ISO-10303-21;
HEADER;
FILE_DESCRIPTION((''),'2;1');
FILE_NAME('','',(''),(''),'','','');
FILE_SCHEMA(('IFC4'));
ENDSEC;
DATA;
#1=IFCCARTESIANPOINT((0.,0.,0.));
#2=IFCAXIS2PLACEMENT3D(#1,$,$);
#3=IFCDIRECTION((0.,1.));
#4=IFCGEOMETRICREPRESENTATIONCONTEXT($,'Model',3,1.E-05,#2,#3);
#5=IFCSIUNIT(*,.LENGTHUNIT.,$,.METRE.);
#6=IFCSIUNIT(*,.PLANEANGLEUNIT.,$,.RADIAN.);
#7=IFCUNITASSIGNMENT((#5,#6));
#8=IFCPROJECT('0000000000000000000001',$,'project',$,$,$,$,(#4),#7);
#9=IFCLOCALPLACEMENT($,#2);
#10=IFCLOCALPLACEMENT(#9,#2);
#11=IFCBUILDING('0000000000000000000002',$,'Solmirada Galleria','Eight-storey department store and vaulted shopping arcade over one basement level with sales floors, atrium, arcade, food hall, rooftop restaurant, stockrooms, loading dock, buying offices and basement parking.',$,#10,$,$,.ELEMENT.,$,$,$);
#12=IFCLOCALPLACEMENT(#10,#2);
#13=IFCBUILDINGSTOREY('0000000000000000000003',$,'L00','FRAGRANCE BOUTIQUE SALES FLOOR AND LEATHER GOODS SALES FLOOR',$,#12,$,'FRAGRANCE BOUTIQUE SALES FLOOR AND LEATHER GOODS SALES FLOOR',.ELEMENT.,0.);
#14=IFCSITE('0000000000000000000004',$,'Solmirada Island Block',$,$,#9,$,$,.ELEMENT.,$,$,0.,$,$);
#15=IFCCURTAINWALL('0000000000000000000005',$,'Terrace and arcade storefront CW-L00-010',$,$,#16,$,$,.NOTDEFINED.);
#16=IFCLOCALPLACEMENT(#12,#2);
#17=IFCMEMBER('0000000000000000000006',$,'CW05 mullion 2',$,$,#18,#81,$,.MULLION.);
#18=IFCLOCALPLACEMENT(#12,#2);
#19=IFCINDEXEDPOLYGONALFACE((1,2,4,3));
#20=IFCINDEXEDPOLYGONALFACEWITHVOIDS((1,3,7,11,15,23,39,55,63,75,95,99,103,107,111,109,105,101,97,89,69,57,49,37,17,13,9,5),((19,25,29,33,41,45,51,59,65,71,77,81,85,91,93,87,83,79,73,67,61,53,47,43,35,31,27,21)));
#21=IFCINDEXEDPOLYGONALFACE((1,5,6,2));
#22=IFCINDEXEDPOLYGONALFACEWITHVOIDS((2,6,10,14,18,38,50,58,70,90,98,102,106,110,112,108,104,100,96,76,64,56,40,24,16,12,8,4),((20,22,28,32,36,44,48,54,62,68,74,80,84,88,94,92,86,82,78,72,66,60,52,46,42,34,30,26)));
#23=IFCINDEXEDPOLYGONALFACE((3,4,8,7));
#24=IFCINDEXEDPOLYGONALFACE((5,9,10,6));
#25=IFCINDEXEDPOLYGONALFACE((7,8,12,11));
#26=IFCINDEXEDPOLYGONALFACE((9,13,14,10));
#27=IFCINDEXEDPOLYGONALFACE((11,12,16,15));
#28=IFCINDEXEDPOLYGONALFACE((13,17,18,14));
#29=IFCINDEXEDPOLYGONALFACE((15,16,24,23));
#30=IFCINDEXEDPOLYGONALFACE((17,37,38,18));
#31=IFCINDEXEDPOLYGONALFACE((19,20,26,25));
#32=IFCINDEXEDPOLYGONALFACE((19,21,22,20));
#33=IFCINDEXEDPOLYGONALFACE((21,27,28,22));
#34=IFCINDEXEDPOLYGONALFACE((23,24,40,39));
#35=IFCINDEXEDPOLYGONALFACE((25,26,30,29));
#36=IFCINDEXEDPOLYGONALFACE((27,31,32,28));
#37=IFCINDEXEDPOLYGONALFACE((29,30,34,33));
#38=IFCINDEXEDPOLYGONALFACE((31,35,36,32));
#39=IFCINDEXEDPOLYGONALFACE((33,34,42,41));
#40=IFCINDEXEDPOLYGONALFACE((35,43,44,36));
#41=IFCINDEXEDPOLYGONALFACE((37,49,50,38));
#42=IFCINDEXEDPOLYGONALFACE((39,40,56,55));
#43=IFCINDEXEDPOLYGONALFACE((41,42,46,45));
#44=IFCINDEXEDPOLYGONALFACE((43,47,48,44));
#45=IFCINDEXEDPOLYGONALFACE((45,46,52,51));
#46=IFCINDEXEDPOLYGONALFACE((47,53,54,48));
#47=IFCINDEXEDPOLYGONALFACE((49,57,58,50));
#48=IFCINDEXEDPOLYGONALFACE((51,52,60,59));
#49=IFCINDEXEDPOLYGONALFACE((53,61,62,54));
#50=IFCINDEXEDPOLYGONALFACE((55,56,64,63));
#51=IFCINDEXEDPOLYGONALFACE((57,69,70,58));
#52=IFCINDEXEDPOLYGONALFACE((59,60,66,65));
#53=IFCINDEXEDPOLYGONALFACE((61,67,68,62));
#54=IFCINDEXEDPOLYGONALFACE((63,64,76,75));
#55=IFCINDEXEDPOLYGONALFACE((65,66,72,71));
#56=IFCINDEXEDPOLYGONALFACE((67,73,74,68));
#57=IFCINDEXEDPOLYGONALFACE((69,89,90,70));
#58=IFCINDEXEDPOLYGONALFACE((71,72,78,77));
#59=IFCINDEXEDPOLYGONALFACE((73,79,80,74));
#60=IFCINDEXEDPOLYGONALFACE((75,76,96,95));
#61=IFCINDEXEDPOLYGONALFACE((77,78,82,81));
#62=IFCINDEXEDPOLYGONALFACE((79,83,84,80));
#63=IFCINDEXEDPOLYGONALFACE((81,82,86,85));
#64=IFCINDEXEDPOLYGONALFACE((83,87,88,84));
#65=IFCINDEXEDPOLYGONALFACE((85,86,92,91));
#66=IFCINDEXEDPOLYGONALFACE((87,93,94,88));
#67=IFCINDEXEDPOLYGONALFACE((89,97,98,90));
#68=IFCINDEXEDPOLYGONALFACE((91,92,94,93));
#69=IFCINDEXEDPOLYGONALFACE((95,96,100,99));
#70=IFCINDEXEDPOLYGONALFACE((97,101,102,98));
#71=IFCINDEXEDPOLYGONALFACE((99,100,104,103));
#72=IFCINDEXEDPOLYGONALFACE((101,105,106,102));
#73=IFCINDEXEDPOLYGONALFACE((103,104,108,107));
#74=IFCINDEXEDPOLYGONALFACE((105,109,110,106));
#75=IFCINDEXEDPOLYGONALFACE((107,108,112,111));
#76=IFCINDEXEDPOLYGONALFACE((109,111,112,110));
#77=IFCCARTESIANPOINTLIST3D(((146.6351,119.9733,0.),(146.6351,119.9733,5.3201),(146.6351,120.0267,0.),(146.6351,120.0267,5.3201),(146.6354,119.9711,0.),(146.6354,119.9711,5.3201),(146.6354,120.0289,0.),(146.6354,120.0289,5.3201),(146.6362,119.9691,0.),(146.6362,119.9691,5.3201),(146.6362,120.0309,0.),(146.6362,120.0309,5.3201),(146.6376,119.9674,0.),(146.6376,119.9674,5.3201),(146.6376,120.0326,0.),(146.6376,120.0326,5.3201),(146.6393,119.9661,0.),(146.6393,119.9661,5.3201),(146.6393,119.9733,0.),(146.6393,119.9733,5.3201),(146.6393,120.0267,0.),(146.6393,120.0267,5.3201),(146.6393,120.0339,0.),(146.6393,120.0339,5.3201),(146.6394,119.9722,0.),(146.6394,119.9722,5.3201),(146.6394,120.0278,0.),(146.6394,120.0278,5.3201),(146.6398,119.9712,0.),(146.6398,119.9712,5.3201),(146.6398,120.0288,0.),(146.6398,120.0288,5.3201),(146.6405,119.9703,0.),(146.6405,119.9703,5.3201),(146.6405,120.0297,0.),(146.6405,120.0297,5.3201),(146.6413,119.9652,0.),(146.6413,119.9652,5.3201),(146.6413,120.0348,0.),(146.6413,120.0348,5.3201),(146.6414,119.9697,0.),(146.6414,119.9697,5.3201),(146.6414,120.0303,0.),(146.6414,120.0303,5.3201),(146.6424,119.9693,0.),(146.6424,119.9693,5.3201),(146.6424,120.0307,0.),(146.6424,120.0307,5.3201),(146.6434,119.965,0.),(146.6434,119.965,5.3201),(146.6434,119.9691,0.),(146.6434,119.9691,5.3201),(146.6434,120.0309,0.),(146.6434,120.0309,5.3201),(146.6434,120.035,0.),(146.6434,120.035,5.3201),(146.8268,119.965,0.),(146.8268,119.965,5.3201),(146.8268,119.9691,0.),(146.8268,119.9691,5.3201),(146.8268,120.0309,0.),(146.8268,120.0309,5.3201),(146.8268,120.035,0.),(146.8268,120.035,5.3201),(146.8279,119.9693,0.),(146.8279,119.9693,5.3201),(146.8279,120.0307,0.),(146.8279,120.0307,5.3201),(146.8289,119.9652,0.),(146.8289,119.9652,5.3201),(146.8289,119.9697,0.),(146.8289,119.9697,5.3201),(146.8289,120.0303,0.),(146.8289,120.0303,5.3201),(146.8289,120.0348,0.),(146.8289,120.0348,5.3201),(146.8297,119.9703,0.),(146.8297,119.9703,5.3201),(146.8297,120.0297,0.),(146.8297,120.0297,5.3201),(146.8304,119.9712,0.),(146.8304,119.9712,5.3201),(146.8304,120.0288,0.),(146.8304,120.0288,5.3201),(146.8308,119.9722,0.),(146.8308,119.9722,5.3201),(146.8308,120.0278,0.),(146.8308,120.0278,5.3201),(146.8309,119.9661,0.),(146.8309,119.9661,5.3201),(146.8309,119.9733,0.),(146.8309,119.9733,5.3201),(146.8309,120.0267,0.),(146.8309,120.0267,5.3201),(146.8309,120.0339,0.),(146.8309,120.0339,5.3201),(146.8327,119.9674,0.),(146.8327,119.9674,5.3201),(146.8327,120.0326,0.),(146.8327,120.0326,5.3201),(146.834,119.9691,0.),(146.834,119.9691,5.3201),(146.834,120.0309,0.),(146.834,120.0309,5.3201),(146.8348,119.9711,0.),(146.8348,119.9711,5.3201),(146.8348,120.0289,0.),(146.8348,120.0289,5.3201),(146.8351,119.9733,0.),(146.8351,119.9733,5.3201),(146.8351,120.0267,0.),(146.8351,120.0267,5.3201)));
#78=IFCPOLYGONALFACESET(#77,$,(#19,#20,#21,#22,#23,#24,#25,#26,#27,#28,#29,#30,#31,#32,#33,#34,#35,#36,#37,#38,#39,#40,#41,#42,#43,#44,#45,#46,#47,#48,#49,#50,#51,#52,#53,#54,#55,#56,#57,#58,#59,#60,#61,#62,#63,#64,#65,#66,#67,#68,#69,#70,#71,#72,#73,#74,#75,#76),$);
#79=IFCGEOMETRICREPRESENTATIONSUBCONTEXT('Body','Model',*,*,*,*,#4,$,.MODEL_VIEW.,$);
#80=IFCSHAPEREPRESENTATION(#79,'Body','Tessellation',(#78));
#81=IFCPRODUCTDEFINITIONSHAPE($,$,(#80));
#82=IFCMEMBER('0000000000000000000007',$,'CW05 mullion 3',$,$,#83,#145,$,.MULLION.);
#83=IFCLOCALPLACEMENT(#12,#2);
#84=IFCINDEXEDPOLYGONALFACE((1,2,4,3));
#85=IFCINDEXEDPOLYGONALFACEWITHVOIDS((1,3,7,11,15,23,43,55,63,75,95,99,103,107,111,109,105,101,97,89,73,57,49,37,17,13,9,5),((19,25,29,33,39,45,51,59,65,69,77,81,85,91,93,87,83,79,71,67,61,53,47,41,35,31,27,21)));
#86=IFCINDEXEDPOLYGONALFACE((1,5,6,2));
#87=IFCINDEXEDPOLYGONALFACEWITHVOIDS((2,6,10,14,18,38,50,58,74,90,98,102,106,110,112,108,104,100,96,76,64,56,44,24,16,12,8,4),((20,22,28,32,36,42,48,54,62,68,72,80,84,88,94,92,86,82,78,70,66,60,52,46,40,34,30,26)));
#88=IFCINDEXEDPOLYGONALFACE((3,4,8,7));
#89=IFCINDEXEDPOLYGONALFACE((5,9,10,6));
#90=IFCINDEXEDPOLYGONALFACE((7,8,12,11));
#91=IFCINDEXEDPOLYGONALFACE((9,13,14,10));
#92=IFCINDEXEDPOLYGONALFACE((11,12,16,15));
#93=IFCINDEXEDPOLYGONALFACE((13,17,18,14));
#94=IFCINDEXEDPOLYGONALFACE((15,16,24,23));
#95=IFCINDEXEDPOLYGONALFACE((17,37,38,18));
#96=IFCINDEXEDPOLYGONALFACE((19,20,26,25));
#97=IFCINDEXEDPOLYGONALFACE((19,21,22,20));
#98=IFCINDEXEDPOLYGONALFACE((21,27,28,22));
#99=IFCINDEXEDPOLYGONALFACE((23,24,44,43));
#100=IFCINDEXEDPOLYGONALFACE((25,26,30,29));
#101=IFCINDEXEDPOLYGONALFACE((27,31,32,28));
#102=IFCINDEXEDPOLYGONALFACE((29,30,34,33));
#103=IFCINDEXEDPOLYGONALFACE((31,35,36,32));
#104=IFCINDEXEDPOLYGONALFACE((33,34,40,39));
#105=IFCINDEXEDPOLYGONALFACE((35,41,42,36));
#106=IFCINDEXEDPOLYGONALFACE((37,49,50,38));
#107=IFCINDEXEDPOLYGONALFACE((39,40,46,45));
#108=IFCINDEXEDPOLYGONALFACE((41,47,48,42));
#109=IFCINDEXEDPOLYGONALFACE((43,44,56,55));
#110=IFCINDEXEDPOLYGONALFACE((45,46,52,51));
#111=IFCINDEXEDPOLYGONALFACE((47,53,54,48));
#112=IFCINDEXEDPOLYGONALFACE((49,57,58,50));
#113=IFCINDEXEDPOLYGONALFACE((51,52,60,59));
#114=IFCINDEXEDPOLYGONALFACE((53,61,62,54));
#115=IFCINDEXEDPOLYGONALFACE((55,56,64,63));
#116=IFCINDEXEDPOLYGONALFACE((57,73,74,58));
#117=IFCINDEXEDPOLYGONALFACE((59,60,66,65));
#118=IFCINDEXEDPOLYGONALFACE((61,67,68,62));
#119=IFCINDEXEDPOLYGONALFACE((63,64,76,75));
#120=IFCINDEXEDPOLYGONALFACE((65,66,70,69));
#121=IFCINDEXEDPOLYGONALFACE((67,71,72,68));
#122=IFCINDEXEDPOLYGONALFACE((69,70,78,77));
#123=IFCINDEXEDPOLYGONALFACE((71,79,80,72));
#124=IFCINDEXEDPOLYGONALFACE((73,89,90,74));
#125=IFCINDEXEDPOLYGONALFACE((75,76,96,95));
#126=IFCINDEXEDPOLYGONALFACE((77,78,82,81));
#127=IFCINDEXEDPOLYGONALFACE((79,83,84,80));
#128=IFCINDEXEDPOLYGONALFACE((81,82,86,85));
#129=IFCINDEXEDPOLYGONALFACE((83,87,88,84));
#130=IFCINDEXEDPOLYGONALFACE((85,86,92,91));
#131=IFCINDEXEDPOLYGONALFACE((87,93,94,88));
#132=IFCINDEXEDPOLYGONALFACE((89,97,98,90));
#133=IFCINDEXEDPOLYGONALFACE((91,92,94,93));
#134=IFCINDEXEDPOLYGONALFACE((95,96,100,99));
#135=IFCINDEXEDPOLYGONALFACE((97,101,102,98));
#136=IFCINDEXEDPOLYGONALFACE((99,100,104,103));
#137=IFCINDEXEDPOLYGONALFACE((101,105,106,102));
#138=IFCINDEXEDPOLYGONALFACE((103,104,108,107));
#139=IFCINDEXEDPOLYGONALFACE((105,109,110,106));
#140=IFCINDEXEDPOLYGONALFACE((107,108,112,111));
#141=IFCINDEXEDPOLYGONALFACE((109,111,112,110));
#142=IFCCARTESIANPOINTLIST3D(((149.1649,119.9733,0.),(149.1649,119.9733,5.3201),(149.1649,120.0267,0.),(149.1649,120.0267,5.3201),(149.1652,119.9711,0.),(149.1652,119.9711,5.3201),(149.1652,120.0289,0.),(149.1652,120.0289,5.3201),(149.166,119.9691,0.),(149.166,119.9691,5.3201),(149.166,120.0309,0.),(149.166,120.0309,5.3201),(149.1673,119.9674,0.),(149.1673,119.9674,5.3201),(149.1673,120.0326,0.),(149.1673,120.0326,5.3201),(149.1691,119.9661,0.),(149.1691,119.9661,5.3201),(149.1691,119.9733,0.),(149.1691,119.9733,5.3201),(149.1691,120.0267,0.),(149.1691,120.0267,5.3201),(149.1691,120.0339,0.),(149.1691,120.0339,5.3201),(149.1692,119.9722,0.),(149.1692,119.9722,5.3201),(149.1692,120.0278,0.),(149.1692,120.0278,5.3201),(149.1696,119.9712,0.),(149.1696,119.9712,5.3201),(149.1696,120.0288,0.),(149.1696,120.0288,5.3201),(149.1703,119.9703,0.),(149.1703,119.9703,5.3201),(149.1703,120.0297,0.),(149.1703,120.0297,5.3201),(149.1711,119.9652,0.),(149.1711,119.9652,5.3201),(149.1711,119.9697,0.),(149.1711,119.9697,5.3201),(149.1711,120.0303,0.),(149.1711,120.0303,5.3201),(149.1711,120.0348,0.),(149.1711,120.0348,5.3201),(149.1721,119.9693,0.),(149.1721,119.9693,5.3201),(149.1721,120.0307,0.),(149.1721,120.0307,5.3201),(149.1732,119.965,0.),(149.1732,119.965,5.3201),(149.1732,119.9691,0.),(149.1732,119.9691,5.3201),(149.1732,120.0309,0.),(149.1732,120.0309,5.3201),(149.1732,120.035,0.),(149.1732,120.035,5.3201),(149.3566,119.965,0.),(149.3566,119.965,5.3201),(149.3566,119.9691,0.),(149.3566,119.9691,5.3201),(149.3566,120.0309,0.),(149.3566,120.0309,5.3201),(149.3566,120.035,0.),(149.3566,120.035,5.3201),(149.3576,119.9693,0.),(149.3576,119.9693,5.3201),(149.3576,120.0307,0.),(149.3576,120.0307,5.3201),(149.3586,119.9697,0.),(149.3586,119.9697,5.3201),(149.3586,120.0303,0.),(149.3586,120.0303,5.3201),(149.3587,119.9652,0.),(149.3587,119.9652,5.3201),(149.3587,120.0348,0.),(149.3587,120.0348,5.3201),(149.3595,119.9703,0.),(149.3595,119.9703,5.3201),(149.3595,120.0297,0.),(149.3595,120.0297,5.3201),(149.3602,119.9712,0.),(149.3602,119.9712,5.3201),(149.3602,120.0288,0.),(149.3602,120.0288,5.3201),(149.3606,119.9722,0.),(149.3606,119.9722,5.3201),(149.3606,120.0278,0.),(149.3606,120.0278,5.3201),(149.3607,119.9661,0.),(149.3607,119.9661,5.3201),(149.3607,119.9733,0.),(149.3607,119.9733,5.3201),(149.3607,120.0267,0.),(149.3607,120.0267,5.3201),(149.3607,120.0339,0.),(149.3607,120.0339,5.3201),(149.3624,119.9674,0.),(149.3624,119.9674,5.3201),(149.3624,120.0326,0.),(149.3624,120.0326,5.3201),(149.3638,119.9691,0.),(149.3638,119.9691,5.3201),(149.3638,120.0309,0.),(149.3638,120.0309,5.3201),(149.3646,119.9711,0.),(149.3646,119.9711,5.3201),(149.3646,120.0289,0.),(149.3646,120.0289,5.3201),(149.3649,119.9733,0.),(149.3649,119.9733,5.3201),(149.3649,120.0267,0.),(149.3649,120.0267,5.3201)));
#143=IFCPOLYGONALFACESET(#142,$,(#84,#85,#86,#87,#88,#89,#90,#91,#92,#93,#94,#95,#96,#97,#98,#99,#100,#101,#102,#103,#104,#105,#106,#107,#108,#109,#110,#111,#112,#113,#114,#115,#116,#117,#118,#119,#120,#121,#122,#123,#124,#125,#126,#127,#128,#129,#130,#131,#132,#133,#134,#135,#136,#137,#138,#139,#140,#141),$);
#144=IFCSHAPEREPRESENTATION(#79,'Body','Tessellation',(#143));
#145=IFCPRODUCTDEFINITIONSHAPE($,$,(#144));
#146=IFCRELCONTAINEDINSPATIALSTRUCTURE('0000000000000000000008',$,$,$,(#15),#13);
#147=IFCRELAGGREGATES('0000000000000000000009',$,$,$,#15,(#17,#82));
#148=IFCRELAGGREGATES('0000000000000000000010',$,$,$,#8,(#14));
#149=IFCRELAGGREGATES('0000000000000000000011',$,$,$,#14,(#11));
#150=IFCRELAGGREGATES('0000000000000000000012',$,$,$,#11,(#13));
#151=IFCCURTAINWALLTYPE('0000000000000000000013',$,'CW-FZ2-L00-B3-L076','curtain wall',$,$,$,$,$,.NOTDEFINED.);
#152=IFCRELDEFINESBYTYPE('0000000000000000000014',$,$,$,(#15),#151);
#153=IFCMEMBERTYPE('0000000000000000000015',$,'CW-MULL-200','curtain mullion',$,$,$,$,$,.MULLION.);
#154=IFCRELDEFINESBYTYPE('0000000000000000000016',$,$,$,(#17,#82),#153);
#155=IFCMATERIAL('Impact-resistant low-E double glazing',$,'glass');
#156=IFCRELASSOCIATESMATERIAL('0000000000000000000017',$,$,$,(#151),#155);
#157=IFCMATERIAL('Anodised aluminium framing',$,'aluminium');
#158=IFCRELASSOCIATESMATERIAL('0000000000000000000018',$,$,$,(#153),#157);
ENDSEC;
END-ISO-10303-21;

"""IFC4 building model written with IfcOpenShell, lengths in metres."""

from ifc_helpers import new_model, si_unit, direction, frame, origin, origin_2d, place, context, subcontext, project, spatial, hollow_rectangle, extrude, material, material_profile, profile_set, type_object, element, aggregate, save


model = new_model("IFC4")

# Units and contexts
model_context = context("Model", 3, precision=1e-05, world=origin(), true_north=direction((0.0, 1.0)))
body_context = subcontext(model_context, "Body", "Model", "MODEL_VIEW")
ifc_project = project(units=[si_unit("LENGTHUNIT", "METRE"), si_unit("PLANEANGLEUNIT", "RADIAN")], contexts=[model_context])

# Site, building, storey
site_placement = place(None, origin())
site = spatial("IfcSite", under=ifc_project, at=site_placement, Name="Solmirada Island Block", CompositionType="ELEMENT", RefElevation=0.0)
building_placement = place(site_placement, origin())
building = spatial("IfcBuilding", under=site, at=building_placement, Name="Solmirada Galleria", Description="Eight-storey department store and vaulted shopping arcade over one basement level with sales floors, atrium, arcade, food hall, rooftop restaurant, stockrooms, loading dock, buying offices and basement parking.", CompositionType="ELEMENT")
storey_placement = place(building_placement, origin())
storey = spatial("IfcBuildingStorey", under=building, at=storey_placement, Name="L00", Description="FRAGRANCE BOUTIQUE SALES FLOOR AND LEATHER GOODS SALES FLOOR", LongName="FRAGRANCE BOUTIQUE SALES FLOOR AND LEATHER GOODS SALES FLOOR", CompositionType="ELEMENT", Elevation=0.0)

# Curtain wall, members
ifc_material_1 = material(Name="Impact-resistant low-E double glazing", Category="glass")
curtain_wall_type = type_object("IfcCurtainWallType", Name="CW-FZ2-L00-B3-L076", Description="curtain wall", PredefinedType="NOTDEFINED", material=ifc_material_1)
curtain_wall_1_placement = place(storey_placement, origin())
curtain_wall_1 = element("IfcCurtainWall", 1, at=curtain_wall_1_placement, inside=storey, type_object=curtain_wall_type, Name="Terrace and arcade storefront CW-L00-010", PredefinedType="NOTDEFINED")
ifc_material_2 = material(Name="Anodised aluminium framing", Category="aluminium")
ifc_material_profile_1 = material_profile(ifc_material_2, hollow_rectangle(XDim=0.0701, YDim=0.2, WallThickness=0.0042, InnerFilletRadius=0.0042, OuterFilletRadius=0.0083, at=origin_2d()), Name="ALU-MULL-200X70")
ifc_profile_set_1 = profile_set([ifc_material_profile_1], Name="Anodised aluminium framing")
member_type_1 = type_object("IfcMemberType", Name="CW-MULL-200", Description="curtain mullion", PredefinedType="MULLION", material=ifc_profile_set_1)
member_1_placement = place(storey_placement, frame((146.7351, 120.0, 0.0), z_axis=(0.0, 0.0, 1.0), x_axis=(0.0, 1.0, 0.0)))
member_1 = element("IfcMember", 2, at=member_1_placement, type_object=member_type_1, Name="CW05 mullion 2", PredefinedType="MULLION", context=body_context, shape_type="SweptSolid", body=[
    extrude(hollow_rectangle(XDim=0.0701, YDim=0.2, WallThickness=0.0042, InnerFilletRadius=0.0042, OuterFilletRadius=0.0083, at=origin_2d()), origin(), (0.0, 0.0, 1.0), 5.3201),
])
member_2_placement = place(storey_placement, frame((149.2649, 120.0, 0.0), z_axis=(0.0, 0.0, 1.0), x_axis=(0.0, 1.0, 0.0)))
member_2 = element("IfcMember", 3, at=member_2_placement, type_object=member_type_1, Name="CW05 mullion 3", PredefinedType="MULLION", context=body_context, shape_type="SweptSolid", body=[
    extrude(hollow_rectangle(XDim=0.0701, YDim=0.2, WallThickness=0.0042, InnerFilletRadius=0.0042, OuterFilletRadius=0.0083, at=origin_2d()), origin(), (0.0, 0.0, 1.0), 5.3201),
])

aggregate(curtain_wall_1, [member_1, member_2])

save(model, "model.ifc")
